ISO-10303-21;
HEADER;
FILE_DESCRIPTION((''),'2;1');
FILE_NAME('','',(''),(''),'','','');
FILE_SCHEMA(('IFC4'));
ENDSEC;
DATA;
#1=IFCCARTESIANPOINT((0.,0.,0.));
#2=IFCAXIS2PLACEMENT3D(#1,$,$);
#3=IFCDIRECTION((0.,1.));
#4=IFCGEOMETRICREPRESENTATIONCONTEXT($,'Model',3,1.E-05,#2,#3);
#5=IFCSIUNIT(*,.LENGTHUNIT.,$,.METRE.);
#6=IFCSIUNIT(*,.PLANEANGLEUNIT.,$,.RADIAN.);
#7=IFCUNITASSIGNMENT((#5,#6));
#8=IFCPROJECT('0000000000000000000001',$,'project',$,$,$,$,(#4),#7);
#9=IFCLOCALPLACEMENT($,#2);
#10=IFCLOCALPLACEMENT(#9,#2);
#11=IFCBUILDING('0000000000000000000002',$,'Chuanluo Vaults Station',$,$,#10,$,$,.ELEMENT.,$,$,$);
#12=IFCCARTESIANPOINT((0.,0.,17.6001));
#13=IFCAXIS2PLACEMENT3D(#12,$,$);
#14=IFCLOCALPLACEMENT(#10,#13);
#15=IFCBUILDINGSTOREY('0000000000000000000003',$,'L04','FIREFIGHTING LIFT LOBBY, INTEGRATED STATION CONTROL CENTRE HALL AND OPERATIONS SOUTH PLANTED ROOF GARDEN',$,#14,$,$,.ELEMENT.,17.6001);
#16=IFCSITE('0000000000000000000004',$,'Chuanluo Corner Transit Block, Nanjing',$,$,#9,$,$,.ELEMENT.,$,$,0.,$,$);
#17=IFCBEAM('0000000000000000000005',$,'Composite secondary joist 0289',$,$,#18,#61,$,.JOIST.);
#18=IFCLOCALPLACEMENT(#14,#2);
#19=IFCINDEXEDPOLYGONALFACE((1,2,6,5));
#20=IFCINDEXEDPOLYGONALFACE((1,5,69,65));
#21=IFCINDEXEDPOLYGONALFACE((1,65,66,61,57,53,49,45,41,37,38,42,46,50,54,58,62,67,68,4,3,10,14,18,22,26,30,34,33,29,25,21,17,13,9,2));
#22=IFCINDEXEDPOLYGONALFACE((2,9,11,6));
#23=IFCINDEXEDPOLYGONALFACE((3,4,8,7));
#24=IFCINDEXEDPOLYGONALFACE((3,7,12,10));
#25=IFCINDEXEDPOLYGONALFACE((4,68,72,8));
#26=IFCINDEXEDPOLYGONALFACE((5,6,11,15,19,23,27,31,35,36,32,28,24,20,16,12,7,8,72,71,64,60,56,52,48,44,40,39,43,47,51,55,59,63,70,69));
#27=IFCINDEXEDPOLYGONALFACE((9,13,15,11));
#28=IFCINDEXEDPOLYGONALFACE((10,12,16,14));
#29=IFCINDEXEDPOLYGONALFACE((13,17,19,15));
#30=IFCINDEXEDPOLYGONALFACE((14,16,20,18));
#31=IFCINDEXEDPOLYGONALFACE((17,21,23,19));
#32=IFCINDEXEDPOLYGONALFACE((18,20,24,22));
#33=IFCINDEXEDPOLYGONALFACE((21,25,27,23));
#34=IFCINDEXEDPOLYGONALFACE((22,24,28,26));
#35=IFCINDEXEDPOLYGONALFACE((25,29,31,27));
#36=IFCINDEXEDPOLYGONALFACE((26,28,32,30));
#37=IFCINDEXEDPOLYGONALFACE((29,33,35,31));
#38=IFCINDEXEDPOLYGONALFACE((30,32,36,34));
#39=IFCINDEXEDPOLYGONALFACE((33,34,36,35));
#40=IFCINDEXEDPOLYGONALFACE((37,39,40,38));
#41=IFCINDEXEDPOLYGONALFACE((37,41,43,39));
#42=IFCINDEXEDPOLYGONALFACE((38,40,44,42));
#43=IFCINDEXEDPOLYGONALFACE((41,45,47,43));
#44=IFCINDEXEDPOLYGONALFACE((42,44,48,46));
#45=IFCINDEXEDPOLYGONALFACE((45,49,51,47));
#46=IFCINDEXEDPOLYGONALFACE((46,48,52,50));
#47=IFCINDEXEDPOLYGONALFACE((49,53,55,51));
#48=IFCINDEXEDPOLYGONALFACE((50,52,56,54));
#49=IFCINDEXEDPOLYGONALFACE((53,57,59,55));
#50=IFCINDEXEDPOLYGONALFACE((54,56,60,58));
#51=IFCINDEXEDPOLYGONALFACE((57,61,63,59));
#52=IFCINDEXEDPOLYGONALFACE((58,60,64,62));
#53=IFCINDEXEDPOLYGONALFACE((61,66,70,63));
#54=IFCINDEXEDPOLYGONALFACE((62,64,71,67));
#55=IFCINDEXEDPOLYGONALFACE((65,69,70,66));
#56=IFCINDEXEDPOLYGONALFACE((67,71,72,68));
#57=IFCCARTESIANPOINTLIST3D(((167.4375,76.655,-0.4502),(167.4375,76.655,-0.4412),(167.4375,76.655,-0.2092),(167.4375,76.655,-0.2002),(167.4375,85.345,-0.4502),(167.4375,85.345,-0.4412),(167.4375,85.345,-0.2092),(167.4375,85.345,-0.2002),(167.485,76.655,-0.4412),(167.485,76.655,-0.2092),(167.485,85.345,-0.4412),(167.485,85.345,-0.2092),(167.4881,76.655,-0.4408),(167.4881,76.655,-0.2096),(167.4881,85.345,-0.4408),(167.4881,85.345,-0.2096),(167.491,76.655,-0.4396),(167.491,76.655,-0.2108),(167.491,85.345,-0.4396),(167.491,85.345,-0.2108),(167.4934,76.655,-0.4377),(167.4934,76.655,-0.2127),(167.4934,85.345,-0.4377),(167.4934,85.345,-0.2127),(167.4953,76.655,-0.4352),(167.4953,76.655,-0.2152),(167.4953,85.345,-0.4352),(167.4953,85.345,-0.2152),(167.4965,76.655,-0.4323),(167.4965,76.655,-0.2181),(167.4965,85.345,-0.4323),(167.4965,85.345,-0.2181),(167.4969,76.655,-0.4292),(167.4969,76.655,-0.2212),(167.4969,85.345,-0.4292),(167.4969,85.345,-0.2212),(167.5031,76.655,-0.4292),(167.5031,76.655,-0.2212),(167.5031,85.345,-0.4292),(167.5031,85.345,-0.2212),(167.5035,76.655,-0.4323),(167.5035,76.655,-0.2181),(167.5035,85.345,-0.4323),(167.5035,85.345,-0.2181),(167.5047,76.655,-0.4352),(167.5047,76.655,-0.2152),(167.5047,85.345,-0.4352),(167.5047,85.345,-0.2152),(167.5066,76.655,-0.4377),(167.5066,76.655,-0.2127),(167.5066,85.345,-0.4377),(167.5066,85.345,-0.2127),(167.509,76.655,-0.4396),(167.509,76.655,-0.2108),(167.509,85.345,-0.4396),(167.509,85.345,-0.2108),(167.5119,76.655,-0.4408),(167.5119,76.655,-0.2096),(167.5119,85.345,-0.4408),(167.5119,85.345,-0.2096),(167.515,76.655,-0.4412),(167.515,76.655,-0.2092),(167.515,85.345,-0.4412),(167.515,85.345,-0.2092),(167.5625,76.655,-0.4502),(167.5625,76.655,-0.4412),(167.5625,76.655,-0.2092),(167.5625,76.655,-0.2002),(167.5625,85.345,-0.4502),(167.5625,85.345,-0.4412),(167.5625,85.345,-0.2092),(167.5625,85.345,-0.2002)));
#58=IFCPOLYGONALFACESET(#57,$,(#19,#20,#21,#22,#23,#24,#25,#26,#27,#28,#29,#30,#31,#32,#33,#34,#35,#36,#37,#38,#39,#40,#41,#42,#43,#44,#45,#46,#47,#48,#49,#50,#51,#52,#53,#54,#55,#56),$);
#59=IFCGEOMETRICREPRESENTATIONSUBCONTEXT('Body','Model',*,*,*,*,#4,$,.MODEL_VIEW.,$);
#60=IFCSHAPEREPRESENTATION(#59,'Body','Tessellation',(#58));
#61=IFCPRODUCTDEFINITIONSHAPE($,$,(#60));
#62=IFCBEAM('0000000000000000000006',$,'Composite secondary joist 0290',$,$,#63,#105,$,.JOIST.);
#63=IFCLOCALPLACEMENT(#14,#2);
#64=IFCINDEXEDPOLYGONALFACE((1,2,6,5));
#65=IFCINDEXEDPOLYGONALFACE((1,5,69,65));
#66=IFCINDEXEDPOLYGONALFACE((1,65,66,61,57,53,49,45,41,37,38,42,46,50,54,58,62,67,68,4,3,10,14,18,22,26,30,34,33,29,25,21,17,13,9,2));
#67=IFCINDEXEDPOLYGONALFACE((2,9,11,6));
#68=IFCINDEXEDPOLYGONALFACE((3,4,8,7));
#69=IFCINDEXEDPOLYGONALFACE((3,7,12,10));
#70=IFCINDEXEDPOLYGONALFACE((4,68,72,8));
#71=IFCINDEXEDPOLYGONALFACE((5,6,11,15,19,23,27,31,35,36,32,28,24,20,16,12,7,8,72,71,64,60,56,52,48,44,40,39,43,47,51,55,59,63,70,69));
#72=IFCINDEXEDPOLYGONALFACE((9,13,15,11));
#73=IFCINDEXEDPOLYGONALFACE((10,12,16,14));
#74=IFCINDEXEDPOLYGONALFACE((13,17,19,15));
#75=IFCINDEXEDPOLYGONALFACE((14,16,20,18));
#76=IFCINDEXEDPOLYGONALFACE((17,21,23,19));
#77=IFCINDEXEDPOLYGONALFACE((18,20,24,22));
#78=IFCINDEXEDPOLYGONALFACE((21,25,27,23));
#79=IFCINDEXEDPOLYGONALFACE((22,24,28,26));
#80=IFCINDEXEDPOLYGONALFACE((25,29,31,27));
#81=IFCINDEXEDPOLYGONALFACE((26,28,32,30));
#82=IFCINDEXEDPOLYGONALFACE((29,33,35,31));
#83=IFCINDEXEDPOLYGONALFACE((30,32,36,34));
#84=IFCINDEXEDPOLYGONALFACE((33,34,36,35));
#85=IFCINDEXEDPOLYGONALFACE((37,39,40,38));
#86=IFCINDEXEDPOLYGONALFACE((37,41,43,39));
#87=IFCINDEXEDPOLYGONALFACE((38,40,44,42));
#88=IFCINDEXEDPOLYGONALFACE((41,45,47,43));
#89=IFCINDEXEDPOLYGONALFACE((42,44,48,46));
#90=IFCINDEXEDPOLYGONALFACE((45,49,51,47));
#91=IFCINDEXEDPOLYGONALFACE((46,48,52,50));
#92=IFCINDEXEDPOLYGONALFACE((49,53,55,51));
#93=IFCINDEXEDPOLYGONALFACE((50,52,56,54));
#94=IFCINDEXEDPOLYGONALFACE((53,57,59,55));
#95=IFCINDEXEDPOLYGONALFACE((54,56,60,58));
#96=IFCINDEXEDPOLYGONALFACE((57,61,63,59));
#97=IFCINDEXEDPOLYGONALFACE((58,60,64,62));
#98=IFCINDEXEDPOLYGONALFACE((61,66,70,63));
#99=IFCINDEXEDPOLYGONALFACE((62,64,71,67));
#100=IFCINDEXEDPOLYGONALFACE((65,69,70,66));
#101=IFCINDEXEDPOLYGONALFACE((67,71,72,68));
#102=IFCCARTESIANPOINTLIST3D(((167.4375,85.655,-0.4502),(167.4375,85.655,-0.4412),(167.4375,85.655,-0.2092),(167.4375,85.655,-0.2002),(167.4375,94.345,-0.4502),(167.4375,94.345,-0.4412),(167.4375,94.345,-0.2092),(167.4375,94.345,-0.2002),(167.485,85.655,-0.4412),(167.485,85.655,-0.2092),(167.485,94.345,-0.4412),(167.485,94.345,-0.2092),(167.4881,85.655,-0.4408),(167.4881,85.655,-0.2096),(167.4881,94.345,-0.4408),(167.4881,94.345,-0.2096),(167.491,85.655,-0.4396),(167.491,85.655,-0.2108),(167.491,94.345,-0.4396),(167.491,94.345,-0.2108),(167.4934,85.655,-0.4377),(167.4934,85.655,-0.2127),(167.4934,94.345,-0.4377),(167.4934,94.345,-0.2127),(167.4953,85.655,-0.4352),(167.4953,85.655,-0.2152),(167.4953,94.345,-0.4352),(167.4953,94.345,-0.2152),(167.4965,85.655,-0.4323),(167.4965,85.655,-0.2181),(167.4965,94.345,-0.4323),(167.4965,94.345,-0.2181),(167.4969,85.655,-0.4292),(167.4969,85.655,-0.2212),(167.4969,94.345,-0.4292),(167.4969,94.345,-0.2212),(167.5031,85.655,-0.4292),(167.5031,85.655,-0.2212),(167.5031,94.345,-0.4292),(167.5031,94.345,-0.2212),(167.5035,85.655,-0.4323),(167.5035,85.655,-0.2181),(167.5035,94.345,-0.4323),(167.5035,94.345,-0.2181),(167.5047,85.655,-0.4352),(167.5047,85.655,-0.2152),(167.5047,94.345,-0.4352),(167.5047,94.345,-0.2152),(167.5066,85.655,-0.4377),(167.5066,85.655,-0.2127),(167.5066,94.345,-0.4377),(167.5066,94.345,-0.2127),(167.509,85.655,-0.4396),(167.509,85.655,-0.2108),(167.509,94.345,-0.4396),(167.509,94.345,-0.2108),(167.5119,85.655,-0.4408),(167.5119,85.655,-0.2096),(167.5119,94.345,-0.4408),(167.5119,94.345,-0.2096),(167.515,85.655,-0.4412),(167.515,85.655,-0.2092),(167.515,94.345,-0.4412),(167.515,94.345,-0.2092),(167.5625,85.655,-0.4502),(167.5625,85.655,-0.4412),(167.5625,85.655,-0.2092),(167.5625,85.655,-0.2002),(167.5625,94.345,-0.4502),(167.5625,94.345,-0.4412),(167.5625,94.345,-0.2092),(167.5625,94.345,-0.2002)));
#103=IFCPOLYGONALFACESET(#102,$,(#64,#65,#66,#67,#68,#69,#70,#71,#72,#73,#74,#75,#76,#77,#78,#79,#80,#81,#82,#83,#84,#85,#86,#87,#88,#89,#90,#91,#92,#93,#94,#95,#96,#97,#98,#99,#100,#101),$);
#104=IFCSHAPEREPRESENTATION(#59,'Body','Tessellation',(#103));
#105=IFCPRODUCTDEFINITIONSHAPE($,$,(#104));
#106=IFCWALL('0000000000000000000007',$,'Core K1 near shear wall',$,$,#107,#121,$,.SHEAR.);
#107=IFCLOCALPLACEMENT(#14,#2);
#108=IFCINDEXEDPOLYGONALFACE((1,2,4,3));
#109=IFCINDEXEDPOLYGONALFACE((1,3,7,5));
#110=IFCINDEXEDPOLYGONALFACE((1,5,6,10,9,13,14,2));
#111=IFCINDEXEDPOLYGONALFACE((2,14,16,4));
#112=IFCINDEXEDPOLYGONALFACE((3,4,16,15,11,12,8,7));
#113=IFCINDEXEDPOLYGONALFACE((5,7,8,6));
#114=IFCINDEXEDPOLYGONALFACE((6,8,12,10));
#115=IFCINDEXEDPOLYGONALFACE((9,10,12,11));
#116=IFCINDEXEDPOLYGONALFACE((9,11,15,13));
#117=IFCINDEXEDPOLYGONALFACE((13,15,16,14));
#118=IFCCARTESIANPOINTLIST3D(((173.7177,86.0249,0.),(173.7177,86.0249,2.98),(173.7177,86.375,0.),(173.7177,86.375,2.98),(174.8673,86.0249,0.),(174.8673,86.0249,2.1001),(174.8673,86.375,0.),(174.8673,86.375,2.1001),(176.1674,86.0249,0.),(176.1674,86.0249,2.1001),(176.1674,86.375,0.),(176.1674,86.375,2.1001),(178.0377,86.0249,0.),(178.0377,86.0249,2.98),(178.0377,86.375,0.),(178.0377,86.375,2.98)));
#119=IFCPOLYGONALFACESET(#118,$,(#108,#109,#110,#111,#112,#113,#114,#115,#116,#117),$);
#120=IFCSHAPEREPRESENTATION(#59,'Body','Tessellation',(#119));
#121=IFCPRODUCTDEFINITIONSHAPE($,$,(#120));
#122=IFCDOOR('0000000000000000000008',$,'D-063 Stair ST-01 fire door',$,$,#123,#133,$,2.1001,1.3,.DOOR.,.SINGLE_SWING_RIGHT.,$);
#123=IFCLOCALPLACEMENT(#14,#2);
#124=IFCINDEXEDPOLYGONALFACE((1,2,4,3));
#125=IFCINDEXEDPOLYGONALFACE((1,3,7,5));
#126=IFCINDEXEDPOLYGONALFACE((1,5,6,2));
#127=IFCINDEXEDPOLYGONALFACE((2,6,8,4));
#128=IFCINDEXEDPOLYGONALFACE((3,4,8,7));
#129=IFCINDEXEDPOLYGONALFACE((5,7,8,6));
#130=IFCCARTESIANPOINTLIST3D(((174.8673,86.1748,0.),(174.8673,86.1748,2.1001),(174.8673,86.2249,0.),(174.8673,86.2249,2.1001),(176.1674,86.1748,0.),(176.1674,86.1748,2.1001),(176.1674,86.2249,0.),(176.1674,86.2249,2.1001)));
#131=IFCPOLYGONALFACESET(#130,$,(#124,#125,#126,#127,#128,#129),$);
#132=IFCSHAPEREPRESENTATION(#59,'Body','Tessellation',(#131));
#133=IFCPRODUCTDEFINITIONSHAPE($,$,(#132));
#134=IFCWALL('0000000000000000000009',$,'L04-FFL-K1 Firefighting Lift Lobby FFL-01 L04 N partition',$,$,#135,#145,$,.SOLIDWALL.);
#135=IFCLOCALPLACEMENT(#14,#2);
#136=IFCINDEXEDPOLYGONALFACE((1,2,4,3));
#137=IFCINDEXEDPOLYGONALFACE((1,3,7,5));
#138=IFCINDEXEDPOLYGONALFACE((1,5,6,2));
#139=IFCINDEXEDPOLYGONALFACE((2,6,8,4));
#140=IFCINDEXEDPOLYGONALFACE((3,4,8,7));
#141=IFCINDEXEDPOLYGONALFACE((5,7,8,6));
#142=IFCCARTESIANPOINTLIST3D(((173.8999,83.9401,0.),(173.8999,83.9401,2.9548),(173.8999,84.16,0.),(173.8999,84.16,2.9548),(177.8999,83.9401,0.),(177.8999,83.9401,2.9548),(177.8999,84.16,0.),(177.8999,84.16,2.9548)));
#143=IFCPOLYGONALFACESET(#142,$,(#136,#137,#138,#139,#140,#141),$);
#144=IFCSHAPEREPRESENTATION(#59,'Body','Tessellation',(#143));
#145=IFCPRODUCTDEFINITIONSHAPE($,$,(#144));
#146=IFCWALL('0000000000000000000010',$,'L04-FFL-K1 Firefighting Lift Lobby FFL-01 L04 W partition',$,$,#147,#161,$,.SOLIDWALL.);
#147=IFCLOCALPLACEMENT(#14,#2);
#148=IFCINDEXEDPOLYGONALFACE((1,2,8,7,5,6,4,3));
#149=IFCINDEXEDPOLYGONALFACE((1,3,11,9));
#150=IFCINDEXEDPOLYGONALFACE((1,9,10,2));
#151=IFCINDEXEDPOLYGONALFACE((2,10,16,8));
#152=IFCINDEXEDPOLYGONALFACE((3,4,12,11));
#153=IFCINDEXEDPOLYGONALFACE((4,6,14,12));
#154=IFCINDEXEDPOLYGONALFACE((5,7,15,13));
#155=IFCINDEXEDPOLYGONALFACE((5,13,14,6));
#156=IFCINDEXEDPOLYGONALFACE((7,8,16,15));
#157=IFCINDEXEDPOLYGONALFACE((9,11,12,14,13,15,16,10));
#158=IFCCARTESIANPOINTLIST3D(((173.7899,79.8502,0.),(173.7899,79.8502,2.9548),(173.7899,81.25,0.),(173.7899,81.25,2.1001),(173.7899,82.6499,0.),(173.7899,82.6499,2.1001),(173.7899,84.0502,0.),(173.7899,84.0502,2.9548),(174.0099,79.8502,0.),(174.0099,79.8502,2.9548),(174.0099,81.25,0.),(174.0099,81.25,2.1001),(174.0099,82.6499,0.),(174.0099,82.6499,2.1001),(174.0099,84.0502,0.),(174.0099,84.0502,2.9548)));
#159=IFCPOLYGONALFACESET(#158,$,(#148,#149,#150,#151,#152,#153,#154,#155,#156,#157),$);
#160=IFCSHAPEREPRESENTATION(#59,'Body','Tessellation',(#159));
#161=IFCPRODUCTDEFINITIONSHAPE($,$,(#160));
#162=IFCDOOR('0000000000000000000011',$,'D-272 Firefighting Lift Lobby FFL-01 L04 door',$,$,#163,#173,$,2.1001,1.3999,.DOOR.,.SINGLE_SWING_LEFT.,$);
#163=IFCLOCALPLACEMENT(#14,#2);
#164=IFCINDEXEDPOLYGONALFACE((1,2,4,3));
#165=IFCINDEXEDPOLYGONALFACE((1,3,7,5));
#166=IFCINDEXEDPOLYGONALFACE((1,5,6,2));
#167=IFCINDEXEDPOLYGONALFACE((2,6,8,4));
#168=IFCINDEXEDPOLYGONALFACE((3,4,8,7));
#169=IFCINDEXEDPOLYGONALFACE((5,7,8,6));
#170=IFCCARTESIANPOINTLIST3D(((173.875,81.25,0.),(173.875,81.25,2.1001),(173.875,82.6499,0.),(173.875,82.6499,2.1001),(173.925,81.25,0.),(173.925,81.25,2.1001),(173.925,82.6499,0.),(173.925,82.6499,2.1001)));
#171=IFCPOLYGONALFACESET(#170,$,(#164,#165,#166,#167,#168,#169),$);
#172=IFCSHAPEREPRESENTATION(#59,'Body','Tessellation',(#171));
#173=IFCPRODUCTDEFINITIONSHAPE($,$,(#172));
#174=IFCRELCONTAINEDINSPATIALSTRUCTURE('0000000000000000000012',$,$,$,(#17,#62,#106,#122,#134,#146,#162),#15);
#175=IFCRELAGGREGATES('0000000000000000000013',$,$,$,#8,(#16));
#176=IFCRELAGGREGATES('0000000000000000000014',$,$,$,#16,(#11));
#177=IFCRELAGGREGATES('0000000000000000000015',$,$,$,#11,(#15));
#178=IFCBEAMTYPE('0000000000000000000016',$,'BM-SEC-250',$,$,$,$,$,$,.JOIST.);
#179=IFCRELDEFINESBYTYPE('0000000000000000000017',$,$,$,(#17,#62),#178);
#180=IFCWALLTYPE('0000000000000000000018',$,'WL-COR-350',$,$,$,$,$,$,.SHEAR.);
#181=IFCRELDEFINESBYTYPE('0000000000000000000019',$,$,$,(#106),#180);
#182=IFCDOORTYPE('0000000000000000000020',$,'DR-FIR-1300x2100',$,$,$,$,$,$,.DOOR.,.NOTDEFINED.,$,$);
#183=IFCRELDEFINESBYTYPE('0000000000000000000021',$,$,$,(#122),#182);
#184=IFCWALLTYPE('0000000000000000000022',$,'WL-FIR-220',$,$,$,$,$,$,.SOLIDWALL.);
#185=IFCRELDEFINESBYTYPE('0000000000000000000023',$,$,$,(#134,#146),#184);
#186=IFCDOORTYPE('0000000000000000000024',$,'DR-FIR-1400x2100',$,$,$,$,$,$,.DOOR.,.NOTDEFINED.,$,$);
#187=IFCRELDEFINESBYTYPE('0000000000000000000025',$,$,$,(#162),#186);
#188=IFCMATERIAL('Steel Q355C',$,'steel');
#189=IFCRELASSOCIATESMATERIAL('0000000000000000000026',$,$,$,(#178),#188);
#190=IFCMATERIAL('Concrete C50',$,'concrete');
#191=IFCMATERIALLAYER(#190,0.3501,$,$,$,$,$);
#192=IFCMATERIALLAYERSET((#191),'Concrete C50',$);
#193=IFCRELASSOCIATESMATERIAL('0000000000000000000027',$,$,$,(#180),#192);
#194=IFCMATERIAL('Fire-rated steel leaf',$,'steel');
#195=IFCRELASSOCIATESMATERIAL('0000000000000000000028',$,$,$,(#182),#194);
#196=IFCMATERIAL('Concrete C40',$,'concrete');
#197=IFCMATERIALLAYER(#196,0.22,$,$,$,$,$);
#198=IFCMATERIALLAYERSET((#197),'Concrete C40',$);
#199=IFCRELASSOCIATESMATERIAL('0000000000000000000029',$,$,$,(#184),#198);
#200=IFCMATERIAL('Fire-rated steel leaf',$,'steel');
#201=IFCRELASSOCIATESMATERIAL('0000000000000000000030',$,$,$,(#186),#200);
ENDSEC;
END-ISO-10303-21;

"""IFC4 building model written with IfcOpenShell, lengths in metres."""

from ifc_helpers import new_model, si_unit, direction, frame, frame_2d, origin, origin_2d, place, context, subcontext, project, spatial, rectangle, i_section, extrude, material, layer, layer_set, material_profile, profile_set, type_object, element, fill, save


model = new_model("IFC4")

# Units and contexts
model_context = context("Model", 3, precision=1e-05, world=origin(), true_north=direction((0.0, 1.0)))
body_context = subcontext(model_context, "Body", "Model", "MODEL_VIEW")
ifc_project = project(units=[si_unit("LENGTHUNIT", "METRE"), si_unit("PLANEANGLEUNIT", "RADIAN")], contexts=[model_context])

# Site, building, storey
site_placement = place(None, origin())
site = spatial("IfcSite", under=ifc_project, at=site_placement, Name="Chuanluo Corner Transit Block, Nanjing", CompositionType="ELEMENT", RefElevation=0.0)
building_placement = place(site_placement, origin())
building = spatial("IfcBuilding", under=site, at=building_placement, Name="Chuanluo Vaults Station", CompositionType="ELEMENT")
storey_placement = place(building_placement, frame((0.0, 0.0, 17.6001)))
storey = spatial("IfcBuildingStorey", under=building, at=storey_placement, Name="L04", Description="FIREFIGHTING LIFT LOBBY, INTEGRATED STATION CONTROL CENTRE HALL AND OPERATIONS SOUTH PLANTED ROOF GARDEN", CompositionType="ELEMENT", Elevation=17.6001)

# Beams
ifc_material_1 = material(Name="Steel Q355C", Category="steel")
ifc_material_profile_1 = material_profile(ifc_material_1, i_section(OverallWidth=0.125, OverallDepth=0.25, WebThickness=0.0061, FlangeThickness=0.009, FilletRadius=0.012, at=origin_2d()))
ifc_profile_set_1 = profile_set([ifc_material_profile_1], Name="Steel Q355C")
beam_type_1 = type_object("IfcBeamType", Name="BM-SEC-250", PredefinedType="JOIST", material=ifc_profile_set_1)
for number, where, z_axis, x_axis, name in (
    (1, (167.5, 76.655, -0.3252), (0.0, 1.0, 0.0), (-1.0, 0.0, 0.0), "Composite secondary joist 0289"),
    (2, (167.5, 85.655, -0.3252), (0.0, 1.0, 0.0), (-1.0, 0.0, 0.0), "Composite secondary joist 0290"),
):
    element("IfcBeam", number, at=place(storey_placement, frame(where, z_axis=z_axis, x_axis=x_axis)), inside=storey, type_object=beam_type_1, Name=name, PredefinedType="JOIST", context=body_context, shape_type="SweptSolid", body=[
        extrude(i_section(OverallWidth=0.125, OverallDepth=0.25, WebThickness=0.0061, FlangeThickness=0.009, FilletRadius=0.012, at=origin_2d()), origin(), (0.0, 0.0, 1.0), 8.6899),
    ])

# Wall, opening, door
ifc_material_2 = material(Name="Concrete C50", Category="concrete")
ifc_layer_1 = layer(ifc_material_2, 0.3501)
ifc_layer_set_1 = layer_set([ifc_layer_1], Name="Concrete C50")
wall_type_1 = type_object("IfcWallType", Name="WL-COR-350", PredefinedType="SHEAR", material=ifc_layer_set_1)
wall_1_placement = place(storey_placement, frame((173.7175, 86.2, 0.0), z_axis=(0.0, 0.0, 1.0), x_axis=(1.0, 0.0, 0.0)))
wall_1 = element("IfcWall", 3, at=wall_1_placement, inside=storey, type_object=wall_type_1, Name="Core K1 near shear wall", PredefinedType="SHEAR", context=body_context, shape_type="SweptSolid", body=[
    extrude(rectangle(XDim=4.3201, YDim=0.3501, at=frame_2d((2.1602, 0.0))), origin(), (0.0, 0.0, 1.0), 2.98),
])
opening_1_placement = place(wall_1_placement, frame((1.1499, 0.0, 0.0)))
opening_1 = element("IfcOpeningElement", 4, at=opening_1_placement, cuts=wall_1, PredefinedType="OPENING", context=body_context, shape_type="SweptSolid", body=[
    extrude(rectangle(XDim=1.3, YDim=2.1001, at=frame_2d((0.6499, 1.05))), frame((0.0, 0.185, 0.0), z_axis=(0.0, -1.0, 0.0), x_axis=(1.0, 0.0, 0.0)), (0.0, 0.0, 1.0), 0.3701),
])
ifc_material_3 = material(Name="Fire-rated steel leaf", Category="steel")
door_type_1 = type_object("IfcDoorType", Name="DR-FIR-1300x2100", OperationType="NOTDEFINED", PredefinedType="DOOR", material=ifc_material_3)
door_1_placement = place(opening_1_placement, origin())
door_1 = element("IfcDoor", 5, at=door_1_placement, inside=storey, type_object=door_type_1, Name="D-063 Stair ST-01 fire door", OperationType="SINGLE_SWING_RIGHT", OverallHeight=2.1001, OverallWidth=1.3, PredefinedType="DOOR", context=body_context, shape_type="SweptSolid", body=[
    extrude(rectangle(XDim=1.3, YDim=2.1001, at=frame_2d((0.6499, 1.05))), frame((0.0, 0.0249, 0.0), z_axis=(0.0, -1.0, 0.0), x_axis=(1.0, 0.0, 0.0)), (0.0, 0.0, 1.0), 0.05),
])
fill(opening_1, door_1)

# Wall
ifc_material_4 = material(Name="Concrete C40", Category="concrete")
ifc_layer_2 = layer(ifc_material_4, 0.22)
ifc_layer_set_2 = layer_set([ifc_layer_2], Name="Concrete C40")
wall_type_2 = type_object("IfcWallType", Name="WL-FIR-220", PredefinedType="SOLIDWALL", material=ifc_layer_set_2)
wall_2_placement = place(storey_placement, frame((173.8999, 84.05, 0.0), z_axis=(0.0, 0.0, 1.0), x_axis=(1.0, 0.0, 0.0)))
element("IfcWall", 6, at=wall_2_placement, inside=storey, type_object=wall_type_2, Name="L04-FFL-K1 Firefighting Lift Lobby FFL-01 L04 N partition", PredefinedType="SOLIDWALL", context=body_context, shape_type="SweptSolid", body=[
    extrude(rectangle(XDim=4.0, YDim=0.22, at=frame_2d((2.0, 0.0))), origin(), (0.0, 0.0, 1.0), 2.9548),
])

# Wall, opening, door
wall_3_placement = place(storey_placement, frame((173.8999, 79.8501, 0.0), z_axis=(0.0, 0.0, 1.0), x_axis=(0.0, 1.0, 0.0)))
wall_3 = element("IfcWall", 7, at=wall_3_placement, inside=storey, type_object=wall_type_2, Name="L04-FFL-K1 Firefighting Lift Lobby FFL-01 L04 W partition", PredefinedType="SOLIDWALL", context=body_context, shape_type="SweptSolid", body=[
    extrude(rectangle(XDim=4.2, YDim=0.22, at=frame_2d((2.1001, 0.0))), origin(), (0.0, 0.0, 1.0), 2.9548),
])
opening_2_placement = place(wall_3_placement, frame((1.3999, 0.0, 0.0)))
opening_2 = element("IfcOpeningElement", 8, at=opening_2_placement, cuts=wall_3, PredefinedType="OPENING", context=body_context, shape_type="SweptSolid", body=[
    extrude(rectangle(XDim=1.3999, YDim=2.1001, at=frame_2d((0.7, 1.05))), frame((0.0, 0.1199, 0.0), z_axis=(0.0, -1.0, 0.0), x_axis=(1.0, 0.0, 0.0)), (0.0, 0.0, 1.0), 0.24),
])
ifc_material_5 = material(Name="Fire-rated steel leaf", Category="steel")
door_type_2 = type_object("IfcDoorType", Name="DR-FIR-1400x2100", OperationType="NOTDEFINED", PredefinedType="DOOR", material=ifc_material_5)
door_2_placement = place(opening_2_placement, origin())
door_2 = element("IfcDoor", 9, at=door_2_placement, inside=storey, type_object=door_type_2, Name="D-272 Firefighting Lift Lobby FFL-01 L04 door", OperationType="SINGLE_SWING_LEFT", OverallHeight=2.1001, OverallWidth=1.3999, PredefinedType="DOOR", context=body_context, shape_type="SweptSolid", body=[
    extrude(rectangle(XDim=1.3999, YDim=2.1001, at=frame_2d((0.7, 1.05))), frame((0.0, 0.0249, 0.0), z_axis=(0.0, -1.0, 0.0), x_axis=(1.0, 0.0, 0.0)), (0.0, 0.0, 1.0), 0.05),
])
fill(opening_2, door_2)

save(model, "model.ifc")
